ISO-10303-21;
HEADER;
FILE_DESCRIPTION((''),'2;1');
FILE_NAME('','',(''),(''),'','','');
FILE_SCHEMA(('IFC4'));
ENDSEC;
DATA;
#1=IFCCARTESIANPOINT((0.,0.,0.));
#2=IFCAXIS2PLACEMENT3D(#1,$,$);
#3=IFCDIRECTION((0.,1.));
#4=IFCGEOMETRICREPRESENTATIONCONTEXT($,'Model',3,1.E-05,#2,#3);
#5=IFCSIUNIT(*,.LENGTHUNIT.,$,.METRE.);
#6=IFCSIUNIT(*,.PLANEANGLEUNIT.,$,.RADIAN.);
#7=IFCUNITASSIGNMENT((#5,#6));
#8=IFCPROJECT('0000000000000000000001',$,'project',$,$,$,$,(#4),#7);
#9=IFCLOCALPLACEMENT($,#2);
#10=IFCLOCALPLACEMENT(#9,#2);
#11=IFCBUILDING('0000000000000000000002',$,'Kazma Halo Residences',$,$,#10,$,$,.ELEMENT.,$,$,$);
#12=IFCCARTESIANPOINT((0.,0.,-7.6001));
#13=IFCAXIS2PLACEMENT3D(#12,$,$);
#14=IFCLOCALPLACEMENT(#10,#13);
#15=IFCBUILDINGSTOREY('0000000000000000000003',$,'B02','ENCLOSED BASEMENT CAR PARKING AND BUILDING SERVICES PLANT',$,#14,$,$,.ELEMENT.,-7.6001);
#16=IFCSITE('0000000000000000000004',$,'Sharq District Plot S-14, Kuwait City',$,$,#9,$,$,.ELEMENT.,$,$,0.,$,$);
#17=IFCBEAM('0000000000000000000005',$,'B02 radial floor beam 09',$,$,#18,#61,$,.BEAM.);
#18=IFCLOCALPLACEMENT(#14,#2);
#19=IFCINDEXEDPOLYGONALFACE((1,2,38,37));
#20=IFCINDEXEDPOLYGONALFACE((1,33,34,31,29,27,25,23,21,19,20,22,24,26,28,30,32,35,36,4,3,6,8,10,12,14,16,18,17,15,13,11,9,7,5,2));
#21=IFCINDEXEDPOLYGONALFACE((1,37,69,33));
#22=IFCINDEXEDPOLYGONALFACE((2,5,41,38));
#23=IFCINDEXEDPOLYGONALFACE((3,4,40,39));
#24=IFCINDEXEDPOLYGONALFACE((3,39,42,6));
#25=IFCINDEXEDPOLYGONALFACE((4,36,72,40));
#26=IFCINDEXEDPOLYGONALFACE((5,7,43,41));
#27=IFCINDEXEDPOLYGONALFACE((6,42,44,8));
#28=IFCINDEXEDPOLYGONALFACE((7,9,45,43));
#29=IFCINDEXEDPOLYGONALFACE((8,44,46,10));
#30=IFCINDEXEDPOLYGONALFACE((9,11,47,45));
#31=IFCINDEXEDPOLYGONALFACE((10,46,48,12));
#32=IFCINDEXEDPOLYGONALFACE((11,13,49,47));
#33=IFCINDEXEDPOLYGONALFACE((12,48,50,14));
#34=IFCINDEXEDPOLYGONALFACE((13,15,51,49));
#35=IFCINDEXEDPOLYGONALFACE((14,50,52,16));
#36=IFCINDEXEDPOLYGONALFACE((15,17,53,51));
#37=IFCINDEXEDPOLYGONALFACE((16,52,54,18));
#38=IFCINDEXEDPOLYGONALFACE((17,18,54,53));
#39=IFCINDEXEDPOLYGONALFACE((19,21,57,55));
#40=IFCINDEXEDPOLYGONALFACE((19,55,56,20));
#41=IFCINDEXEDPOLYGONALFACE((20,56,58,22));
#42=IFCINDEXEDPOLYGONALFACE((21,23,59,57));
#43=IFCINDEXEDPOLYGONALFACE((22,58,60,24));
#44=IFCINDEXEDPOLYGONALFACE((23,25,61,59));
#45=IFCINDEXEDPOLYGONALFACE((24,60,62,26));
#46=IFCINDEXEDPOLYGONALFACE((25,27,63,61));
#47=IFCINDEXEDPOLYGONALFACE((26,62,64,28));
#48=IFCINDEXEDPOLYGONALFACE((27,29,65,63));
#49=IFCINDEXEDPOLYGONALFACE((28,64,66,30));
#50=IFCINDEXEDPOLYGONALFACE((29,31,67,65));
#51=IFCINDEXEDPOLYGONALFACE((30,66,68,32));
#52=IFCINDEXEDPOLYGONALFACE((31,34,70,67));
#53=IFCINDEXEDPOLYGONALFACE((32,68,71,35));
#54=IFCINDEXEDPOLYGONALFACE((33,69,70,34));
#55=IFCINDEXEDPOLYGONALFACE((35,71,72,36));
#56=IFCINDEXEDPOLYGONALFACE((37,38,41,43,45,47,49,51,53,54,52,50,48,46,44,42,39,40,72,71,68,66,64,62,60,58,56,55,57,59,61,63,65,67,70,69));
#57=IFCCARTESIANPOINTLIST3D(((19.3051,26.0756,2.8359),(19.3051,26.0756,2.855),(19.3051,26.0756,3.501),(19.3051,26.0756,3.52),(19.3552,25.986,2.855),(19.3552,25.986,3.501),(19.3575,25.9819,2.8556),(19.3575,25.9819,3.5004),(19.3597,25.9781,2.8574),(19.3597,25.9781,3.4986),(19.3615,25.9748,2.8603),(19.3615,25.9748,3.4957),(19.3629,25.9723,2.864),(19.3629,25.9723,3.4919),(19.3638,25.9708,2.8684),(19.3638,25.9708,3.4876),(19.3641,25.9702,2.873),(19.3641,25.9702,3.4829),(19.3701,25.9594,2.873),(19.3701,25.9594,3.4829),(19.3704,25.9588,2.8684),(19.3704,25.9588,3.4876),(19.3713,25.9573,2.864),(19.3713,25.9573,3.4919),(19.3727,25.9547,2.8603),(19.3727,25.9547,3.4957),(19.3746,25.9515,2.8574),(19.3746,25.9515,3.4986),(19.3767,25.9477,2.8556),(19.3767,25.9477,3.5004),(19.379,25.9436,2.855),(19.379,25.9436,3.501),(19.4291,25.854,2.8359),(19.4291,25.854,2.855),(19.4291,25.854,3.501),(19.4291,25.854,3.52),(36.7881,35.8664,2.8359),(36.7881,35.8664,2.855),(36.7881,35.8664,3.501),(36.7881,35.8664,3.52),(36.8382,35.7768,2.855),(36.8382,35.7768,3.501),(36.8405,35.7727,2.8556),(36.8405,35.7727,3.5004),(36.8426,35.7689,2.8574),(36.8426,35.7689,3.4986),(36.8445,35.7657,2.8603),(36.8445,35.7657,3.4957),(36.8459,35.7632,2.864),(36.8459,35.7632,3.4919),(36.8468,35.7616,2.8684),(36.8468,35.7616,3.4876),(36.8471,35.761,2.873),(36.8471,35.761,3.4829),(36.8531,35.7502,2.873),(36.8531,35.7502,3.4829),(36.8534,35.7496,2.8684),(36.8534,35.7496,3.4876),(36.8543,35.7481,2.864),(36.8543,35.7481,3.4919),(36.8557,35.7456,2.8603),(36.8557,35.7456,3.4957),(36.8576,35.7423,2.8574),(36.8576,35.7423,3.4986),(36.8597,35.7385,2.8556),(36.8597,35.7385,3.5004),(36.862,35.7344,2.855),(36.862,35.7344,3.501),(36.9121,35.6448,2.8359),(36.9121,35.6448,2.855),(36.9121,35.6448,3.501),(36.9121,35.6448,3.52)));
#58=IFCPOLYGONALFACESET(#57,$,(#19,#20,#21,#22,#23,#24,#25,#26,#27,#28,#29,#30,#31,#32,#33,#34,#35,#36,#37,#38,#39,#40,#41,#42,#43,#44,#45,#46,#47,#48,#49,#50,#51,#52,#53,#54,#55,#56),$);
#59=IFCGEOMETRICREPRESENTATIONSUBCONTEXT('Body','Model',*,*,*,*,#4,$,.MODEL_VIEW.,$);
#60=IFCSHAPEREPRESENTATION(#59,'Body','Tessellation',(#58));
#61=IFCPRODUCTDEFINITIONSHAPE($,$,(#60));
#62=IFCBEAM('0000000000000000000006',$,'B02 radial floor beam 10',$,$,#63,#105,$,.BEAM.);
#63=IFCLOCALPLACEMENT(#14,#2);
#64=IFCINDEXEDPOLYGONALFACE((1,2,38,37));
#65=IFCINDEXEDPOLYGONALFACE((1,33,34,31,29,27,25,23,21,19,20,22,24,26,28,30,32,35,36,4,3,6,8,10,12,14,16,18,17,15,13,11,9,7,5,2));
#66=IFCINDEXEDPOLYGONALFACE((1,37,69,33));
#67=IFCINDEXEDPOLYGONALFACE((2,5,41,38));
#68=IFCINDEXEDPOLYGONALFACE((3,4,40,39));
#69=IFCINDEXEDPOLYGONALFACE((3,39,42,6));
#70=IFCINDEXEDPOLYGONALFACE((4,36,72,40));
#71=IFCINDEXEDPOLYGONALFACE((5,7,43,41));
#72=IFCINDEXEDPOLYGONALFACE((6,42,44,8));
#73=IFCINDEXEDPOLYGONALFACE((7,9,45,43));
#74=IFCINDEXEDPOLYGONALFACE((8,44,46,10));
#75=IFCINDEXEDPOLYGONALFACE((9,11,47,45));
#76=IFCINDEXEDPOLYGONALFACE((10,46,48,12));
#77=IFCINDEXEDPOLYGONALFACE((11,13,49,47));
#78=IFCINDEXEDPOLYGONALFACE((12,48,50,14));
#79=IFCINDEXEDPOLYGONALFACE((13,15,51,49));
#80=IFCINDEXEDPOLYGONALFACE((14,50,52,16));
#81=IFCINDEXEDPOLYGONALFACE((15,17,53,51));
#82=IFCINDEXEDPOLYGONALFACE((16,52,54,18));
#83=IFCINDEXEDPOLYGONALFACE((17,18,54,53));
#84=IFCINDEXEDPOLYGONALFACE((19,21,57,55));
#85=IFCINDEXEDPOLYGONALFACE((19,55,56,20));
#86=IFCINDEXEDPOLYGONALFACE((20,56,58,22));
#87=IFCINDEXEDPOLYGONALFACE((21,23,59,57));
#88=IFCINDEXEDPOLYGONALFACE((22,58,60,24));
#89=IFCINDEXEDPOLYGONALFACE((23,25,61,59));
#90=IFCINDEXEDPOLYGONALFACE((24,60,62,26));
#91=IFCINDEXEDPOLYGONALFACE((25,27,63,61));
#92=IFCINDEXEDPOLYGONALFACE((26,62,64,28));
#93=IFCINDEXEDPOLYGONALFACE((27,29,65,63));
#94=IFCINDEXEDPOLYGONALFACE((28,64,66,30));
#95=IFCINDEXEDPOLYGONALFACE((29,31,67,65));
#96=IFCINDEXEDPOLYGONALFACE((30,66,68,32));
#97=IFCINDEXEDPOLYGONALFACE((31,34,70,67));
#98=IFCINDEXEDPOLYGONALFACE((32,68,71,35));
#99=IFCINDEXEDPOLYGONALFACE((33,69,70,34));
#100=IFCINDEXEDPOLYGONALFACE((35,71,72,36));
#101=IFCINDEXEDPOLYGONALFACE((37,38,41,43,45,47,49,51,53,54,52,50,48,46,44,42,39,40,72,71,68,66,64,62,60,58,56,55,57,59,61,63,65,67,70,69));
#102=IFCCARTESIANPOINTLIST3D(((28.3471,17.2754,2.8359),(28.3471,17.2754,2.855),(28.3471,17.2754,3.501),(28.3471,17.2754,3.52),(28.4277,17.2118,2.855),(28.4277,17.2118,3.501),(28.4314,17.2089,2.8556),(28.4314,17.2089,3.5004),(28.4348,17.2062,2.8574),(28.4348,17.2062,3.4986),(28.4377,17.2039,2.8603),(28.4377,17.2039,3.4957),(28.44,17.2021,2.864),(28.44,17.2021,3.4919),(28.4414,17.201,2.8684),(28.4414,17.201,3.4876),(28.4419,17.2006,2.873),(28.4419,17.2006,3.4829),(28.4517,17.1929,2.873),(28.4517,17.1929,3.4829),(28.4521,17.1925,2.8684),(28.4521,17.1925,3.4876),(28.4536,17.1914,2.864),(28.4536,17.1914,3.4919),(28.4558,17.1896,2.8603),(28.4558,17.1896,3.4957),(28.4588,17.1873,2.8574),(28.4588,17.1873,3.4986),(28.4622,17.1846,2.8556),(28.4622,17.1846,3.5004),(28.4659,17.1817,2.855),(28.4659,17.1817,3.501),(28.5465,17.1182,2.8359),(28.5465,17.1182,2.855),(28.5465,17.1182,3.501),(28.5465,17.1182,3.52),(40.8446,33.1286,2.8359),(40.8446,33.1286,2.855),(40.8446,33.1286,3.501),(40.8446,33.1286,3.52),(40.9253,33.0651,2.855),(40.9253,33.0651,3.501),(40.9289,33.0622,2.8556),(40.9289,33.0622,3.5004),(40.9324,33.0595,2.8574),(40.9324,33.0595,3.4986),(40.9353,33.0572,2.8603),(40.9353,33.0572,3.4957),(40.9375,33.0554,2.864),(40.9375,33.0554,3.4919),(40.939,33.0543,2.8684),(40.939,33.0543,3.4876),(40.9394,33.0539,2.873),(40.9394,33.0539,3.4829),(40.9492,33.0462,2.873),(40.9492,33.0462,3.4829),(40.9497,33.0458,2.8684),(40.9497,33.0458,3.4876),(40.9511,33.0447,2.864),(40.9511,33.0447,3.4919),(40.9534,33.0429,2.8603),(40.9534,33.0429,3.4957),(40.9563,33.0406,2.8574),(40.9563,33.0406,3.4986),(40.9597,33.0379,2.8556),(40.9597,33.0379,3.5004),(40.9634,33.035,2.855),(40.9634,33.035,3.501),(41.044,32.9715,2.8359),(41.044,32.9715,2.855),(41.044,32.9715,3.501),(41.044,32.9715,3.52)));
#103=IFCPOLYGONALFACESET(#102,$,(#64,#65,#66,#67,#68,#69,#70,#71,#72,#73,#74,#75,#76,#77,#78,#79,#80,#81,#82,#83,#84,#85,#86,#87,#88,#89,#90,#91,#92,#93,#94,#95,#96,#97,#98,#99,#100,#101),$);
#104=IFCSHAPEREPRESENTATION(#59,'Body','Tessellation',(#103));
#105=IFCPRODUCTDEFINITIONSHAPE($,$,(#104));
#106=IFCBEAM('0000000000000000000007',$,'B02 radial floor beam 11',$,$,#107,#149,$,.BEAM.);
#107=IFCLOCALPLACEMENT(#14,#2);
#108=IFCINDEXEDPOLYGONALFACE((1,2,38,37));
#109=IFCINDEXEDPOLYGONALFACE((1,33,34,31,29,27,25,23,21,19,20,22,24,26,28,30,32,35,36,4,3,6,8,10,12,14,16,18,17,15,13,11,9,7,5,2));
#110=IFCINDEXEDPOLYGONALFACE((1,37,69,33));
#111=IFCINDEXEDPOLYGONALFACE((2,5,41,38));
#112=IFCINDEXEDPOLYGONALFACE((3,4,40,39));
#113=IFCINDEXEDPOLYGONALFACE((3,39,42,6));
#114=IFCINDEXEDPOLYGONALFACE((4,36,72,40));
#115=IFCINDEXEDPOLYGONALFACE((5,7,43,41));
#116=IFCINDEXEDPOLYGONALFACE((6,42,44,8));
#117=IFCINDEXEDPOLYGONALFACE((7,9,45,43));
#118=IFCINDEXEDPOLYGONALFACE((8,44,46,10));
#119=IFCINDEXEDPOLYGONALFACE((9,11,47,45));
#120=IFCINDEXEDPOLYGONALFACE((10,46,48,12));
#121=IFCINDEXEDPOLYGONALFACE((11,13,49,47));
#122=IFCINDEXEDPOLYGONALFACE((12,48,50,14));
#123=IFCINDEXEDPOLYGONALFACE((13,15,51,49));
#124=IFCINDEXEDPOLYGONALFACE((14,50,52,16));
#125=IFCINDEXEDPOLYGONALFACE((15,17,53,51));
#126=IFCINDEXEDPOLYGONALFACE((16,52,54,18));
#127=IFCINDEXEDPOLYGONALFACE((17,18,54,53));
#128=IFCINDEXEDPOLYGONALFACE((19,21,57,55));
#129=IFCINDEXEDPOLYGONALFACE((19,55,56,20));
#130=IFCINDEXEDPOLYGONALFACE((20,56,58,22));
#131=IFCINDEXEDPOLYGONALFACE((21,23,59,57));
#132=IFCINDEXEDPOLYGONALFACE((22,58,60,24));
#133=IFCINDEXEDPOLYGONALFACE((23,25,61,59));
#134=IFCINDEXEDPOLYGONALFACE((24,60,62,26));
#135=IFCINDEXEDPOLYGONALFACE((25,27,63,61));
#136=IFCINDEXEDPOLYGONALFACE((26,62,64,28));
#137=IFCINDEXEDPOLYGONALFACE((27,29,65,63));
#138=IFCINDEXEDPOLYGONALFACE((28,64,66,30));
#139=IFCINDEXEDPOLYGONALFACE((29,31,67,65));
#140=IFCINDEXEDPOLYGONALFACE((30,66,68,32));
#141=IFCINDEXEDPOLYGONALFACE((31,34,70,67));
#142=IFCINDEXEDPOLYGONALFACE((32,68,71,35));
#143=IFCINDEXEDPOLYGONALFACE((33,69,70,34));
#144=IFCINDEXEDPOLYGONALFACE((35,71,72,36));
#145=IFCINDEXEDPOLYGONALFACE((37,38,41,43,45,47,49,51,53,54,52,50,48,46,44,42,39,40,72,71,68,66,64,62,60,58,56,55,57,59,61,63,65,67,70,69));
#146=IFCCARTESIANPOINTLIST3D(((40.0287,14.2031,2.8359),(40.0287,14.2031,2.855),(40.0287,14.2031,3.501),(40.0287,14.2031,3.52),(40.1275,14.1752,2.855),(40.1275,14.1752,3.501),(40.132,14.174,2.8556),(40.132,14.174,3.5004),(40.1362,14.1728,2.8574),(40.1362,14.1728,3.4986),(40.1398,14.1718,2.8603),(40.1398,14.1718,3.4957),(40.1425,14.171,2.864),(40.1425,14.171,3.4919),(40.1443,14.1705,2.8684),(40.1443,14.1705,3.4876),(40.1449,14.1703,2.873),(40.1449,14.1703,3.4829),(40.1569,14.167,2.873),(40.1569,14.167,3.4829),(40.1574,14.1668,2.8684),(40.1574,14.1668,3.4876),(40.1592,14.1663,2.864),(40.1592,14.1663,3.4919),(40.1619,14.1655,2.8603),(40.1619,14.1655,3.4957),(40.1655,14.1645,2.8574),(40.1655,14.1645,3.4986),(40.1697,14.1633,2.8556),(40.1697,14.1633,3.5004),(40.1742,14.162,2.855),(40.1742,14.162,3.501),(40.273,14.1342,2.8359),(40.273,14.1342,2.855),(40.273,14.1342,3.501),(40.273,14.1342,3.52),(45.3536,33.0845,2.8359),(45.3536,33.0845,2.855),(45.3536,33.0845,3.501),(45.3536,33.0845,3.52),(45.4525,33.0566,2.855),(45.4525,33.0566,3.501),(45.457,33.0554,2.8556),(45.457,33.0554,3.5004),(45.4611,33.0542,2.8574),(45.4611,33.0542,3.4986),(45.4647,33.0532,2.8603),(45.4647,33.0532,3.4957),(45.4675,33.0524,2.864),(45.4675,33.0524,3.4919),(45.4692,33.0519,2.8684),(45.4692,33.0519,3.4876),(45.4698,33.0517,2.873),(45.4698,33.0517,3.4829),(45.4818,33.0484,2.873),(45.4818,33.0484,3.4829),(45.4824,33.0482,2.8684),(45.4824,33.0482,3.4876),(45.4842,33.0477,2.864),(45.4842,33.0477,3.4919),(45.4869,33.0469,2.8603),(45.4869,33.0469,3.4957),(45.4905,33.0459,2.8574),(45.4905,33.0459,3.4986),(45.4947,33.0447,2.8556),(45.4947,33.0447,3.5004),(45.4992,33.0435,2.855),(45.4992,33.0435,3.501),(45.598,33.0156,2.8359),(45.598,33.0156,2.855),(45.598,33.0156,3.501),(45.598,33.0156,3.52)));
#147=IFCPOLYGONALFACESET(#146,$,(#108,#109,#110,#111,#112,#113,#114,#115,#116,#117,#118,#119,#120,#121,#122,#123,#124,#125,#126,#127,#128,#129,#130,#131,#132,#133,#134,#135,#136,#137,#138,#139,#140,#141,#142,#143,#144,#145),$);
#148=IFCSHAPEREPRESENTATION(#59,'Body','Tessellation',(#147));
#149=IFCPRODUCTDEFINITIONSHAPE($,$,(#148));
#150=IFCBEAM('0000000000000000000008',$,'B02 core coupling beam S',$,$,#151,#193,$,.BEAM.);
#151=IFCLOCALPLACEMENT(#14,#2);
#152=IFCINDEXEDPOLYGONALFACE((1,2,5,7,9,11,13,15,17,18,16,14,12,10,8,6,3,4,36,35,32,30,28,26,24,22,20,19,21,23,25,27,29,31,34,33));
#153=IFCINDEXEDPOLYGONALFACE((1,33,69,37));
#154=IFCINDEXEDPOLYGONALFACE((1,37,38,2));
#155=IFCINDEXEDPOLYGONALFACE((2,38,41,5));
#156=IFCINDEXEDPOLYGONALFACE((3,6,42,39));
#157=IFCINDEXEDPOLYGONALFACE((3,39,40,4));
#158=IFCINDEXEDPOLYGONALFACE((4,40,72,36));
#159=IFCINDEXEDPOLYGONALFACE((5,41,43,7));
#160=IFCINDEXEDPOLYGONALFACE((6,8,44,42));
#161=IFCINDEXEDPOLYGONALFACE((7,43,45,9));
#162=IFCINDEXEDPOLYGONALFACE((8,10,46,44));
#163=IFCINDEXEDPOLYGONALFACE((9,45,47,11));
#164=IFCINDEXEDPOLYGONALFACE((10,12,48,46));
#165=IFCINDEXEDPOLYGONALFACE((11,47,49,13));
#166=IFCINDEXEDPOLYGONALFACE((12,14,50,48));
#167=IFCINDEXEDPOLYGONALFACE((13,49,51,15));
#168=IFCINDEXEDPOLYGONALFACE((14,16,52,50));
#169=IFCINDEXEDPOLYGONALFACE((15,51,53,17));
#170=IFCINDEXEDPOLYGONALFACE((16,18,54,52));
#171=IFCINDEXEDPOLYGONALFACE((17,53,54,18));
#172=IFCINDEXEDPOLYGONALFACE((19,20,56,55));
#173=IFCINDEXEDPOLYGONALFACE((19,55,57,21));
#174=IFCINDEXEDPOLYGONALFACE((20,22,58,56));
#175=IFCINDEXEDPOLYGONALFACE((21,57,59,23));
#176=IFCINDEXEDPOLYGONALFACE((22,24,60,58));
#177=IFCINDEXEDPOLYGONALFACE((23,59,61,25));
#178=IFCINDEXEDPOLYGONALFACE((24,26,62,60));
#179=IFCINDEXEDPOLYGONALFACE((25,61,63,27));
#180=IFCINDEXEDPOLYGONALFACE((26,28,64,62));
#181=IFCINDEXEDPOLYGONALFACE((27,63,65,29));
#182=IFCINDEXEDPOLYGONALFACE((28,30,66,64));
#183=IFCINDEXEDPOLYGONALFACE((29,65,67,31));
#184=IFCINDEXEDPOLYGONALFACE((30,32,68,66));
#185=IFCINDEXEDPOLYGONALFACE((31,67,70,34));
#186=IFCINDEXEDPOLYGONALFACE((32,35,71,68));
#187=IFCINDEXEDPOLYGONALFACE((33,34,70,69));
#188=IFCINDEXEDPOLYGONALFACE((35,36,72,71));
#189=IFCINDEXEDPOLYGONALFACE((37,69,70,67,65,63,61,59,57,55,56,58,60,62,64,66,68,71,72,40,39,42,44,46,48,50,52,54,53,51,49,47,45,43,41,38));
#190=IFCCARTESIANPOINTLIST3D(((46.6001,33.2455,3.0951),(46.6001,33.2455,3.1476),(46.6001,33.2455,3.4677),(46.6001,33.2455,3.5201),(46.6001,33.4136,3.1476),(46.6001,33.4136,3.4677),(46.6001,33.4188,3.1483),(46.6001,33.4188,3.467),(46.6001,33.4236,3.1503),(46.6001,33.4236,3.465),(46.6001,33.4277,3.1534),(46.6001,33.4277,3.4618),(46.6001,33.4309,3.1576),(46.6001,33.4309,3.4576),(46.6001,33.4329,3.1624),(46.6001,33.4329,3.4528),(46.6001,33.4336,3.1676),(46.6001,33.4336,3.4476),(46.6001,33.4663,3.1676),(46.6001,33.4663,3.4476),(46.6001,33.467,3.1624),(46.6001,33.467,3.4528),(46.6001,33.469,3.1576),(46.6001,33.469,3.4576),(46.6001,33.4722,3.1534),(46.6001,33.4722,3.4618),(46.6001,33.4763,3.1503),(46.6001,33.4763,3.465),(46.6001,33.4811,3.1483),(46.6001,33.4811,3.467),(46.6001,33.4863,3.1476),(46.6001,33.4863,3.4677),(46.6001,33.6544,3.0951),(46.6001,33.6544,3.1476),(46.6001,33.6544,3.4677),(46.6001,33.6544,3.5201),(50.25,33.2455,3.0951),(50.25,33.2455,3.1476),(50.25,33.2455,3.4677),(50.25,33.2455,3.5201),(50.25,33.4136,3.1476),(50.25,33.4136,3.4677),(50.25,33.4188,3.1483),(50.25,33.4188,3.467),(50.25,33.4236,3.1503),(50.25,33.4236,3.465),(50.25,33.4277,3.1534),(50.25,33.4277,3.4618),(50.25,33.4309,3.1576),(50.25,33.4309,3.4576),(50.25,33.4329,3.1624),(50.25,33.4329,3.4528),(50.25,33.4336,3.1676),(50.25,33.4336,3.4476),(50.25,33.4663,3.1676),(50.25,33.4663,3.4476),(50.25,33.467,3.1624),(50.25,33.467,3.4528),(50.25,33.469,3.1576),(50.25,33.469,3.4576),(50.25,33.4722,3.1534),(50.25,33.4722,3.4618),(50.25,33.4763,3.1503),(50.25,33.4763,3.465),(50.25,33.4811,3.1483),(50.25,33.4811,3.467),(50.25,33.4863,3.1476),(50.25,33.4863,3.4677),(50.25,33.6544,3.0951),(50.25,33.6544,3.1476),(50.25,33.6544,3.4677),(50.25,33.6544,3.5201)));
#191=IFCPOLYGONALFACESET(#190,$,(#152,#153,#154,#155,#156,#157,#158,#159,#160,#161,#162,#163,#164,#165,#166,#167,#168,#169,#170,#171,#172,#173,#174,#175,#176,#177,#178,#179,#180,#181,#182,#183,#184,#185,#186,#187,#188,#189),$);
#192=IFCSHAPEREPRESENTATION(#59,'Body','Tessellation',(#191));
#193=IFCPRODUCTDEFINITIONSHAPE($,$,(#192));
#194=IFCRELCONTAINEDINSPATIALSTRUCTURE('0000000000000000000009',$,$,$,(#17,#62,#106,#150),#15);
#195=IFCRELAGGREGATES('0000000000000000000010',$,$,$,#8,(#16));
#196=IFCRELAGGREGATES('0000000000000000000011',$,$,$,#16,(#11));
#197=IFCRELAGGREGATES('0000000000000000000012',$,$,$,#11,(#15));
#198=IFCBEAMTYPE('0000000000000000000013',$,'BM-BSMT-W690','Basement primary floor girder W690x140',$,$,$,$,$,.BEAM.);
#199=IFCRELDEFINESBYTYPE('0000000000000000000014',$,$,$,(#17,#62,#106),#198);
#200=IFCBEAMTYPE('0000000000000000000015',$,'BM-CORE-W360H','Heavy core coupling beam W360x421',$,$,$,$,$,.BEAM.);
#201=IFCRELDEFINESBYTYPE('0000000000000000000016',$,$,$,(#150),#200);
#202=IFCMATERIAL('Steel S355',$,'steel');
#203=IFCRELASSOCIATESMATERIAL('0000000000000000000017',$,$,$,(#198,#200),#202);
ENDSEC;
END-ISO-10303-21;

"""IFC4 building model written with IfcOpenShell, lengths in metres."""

from ifc_helpers import new_model, si_unit, direction, frame, origin, origin_2d, place, context, subcontext, project, spatial, i_section, extrude, material, material_profile, profile_set, type_object, element, save


model = new_model("IFC4")

# Units and contexts
model_context = context("Model", 3, precision=1e-05, world=origin(), true_north=direction((0.0, 1.0)))
body_context = subcontext(model_context, "Body", "Model", "MODEL_VIEW")
ifc_project = project(units=[si_unit("LENGTHUNIT", "METRE"), si_unit("PLANEANGLEUNIT", "RADIAN")], contexts=[model_context])

# Site, building, storey
site_placement = place(None, origin())
site = spatial("IfcSite", under=ifc_project, at=site_placement, Name="Sharq District Plot S-14, Kuwait City", CompositionType="ELEMENT", RefElevation=0.0)
building_placement = place(site_placement, origin())
building = spatial("IfcBuilding", under=site, at=building_placement, Name="Kazma Halo Residences", CompositionType="ELEMENT")
storey_placement = place(building_placement, frame((0.0, 0.0, -7.6001)))
storey = spatial("IfcBuildingStorey", under=building, at=storey_placement, Name="B02", Description="ENCLOSED BASEMENT CAR PARKING AND BUILDING SERVICES PLANT", CompositionType="ELEMENT", Elevation=-7.6001)

# Beams
ifc_material_1 = material(Name="Steel S355", Category="steel")
ifc_material_profile_1 = material_profile(ifc_material_1, i_section(OverallWidth=0.2539, OverallDepth=0.6841, WebThickness=0.0125, FlangeThickness=0.019, FilletRadius=0.0181, at=origin_2d()), Name="W690x140")
ifc_profile_set_1 = profile_set([ifc_material_profile_1], Name="Steel S355")
beam_type_1 = type_object("IfcBeamType", Name="BM-BSMT-W690", Description="Basement primary floor girder W690x140", PredefinedType="BEAM", material=ifc_profile_set_1)
beam_1_placement = place(storey_placement, frame((36.8501, 35.7556, 3.178), z_axis=(-0.872499, -0.488616, 0.0), x_axis=(0.488616, -0.872499, 0.0)))
element("IfcBeam", 1, at=beam_1_placement, inside=storey, type_object=beam_type_1, Name="B02 radial floor beam 09", PredefinedType="BEAM", context=body_context, shape_type="SweptSolid", body=[
    extrude(i_section(OverallWidth=0.2539, OverallDepth=0.6841, WebThickness=0.0125, FlangeThickness=0.019, FilletRadius=0.0181, at=origin_2d()), origin(), (0.0, 0.0, 1.0), 20.0378),
])
beam_2_placement = place(storey_placement, frame((40.9443, 33.05, 3.178), z_axis=(-0.619089, -0.785321, 0.0), x_axis=(0.785321, -0.619089, 0.0)))
element("IfcBeam", 2, at=beam_2_placement, inside=storey, type_object=beam_type_1, Name="B02 radial floor beam 10", PredefinedType="BEAM", context=body_context, shape_type="SweptSolid", body=[
    extrude(i_section(OverallWidth=0.2539, OverallDepth=0.6841, WebThickness=0.0125, FlangeThickness=0.019, FilletRadius=0.0181, at=origin_2d()), origin(), (0.0, 0.0, 1.0), 20.187),
])
beam_3_placement = place(storey_placement, frame((45.4758, 33.05, 3.178), z_axis=(-0.271434, -0.962457, 0.0), x_axis=(0.962457, -0.271434, 0.0)))
element("IfcBeam", 3, at=beam_3_placement, inside=storey, type_object=beam_type_1, Name="B02 radial floor beam 11", PredefinedType="BEAM", context=body_context, shape_type="SweptSolid", body=[
    extrude(i_section(OverallWidth=0.2539, OverallDepth=0.6841, WebThickness=0.0125, FlangeThickness=0.019, FilletRadius=0.0181, at=origin_2d()), origin(), (0.0, 0.0, 1.0), 19.6179),
])
ifc_material_profile_2 = material_profile(ifc_material_1, i_section(OverallWidth=0.4089, OverallDepth=0.425, WebThickness=0.0327, FlangeThickness=0.0525, FilletRadius=0.02, at=origin_2d()), Name="W360x421")
ifc_profile_set_2 = profile_set([ifc_material_profile_2], Name="Steel S355")
beam_type_2 = type_object("IfcBeamType", Name="BM-CORE-W360H", Description="Heavy core coupling beam W360x421", PredefinedType="BEAM", material=ifc_profile_set_2)
beam_4_placement = place(storey_placement, frame((46.6001, 33.45, 3.3076), z_axis=(1.0, 0.0, 0.0), x_axis=(0.0, 1.0, 0.0)))
element("IfcBeam", 4, at=beam_4_placement, inside=storey, type_object=beam_type_2, Name="B02 core coupling beam S", PredefinedType="BEAM", context=body_context, shape_type="SweptSolid", body=[
    extrude(i_section(OverallWidth=0.4089, OverallDepth=0.425, WebThickness=0.0327, FlangeThickness=0.0525, FilletRadius=0.02, at=origin_2d()), origin(), (0.0, 0.0, 1.0), 3.6499),
])

save(model, "model.ifc")
